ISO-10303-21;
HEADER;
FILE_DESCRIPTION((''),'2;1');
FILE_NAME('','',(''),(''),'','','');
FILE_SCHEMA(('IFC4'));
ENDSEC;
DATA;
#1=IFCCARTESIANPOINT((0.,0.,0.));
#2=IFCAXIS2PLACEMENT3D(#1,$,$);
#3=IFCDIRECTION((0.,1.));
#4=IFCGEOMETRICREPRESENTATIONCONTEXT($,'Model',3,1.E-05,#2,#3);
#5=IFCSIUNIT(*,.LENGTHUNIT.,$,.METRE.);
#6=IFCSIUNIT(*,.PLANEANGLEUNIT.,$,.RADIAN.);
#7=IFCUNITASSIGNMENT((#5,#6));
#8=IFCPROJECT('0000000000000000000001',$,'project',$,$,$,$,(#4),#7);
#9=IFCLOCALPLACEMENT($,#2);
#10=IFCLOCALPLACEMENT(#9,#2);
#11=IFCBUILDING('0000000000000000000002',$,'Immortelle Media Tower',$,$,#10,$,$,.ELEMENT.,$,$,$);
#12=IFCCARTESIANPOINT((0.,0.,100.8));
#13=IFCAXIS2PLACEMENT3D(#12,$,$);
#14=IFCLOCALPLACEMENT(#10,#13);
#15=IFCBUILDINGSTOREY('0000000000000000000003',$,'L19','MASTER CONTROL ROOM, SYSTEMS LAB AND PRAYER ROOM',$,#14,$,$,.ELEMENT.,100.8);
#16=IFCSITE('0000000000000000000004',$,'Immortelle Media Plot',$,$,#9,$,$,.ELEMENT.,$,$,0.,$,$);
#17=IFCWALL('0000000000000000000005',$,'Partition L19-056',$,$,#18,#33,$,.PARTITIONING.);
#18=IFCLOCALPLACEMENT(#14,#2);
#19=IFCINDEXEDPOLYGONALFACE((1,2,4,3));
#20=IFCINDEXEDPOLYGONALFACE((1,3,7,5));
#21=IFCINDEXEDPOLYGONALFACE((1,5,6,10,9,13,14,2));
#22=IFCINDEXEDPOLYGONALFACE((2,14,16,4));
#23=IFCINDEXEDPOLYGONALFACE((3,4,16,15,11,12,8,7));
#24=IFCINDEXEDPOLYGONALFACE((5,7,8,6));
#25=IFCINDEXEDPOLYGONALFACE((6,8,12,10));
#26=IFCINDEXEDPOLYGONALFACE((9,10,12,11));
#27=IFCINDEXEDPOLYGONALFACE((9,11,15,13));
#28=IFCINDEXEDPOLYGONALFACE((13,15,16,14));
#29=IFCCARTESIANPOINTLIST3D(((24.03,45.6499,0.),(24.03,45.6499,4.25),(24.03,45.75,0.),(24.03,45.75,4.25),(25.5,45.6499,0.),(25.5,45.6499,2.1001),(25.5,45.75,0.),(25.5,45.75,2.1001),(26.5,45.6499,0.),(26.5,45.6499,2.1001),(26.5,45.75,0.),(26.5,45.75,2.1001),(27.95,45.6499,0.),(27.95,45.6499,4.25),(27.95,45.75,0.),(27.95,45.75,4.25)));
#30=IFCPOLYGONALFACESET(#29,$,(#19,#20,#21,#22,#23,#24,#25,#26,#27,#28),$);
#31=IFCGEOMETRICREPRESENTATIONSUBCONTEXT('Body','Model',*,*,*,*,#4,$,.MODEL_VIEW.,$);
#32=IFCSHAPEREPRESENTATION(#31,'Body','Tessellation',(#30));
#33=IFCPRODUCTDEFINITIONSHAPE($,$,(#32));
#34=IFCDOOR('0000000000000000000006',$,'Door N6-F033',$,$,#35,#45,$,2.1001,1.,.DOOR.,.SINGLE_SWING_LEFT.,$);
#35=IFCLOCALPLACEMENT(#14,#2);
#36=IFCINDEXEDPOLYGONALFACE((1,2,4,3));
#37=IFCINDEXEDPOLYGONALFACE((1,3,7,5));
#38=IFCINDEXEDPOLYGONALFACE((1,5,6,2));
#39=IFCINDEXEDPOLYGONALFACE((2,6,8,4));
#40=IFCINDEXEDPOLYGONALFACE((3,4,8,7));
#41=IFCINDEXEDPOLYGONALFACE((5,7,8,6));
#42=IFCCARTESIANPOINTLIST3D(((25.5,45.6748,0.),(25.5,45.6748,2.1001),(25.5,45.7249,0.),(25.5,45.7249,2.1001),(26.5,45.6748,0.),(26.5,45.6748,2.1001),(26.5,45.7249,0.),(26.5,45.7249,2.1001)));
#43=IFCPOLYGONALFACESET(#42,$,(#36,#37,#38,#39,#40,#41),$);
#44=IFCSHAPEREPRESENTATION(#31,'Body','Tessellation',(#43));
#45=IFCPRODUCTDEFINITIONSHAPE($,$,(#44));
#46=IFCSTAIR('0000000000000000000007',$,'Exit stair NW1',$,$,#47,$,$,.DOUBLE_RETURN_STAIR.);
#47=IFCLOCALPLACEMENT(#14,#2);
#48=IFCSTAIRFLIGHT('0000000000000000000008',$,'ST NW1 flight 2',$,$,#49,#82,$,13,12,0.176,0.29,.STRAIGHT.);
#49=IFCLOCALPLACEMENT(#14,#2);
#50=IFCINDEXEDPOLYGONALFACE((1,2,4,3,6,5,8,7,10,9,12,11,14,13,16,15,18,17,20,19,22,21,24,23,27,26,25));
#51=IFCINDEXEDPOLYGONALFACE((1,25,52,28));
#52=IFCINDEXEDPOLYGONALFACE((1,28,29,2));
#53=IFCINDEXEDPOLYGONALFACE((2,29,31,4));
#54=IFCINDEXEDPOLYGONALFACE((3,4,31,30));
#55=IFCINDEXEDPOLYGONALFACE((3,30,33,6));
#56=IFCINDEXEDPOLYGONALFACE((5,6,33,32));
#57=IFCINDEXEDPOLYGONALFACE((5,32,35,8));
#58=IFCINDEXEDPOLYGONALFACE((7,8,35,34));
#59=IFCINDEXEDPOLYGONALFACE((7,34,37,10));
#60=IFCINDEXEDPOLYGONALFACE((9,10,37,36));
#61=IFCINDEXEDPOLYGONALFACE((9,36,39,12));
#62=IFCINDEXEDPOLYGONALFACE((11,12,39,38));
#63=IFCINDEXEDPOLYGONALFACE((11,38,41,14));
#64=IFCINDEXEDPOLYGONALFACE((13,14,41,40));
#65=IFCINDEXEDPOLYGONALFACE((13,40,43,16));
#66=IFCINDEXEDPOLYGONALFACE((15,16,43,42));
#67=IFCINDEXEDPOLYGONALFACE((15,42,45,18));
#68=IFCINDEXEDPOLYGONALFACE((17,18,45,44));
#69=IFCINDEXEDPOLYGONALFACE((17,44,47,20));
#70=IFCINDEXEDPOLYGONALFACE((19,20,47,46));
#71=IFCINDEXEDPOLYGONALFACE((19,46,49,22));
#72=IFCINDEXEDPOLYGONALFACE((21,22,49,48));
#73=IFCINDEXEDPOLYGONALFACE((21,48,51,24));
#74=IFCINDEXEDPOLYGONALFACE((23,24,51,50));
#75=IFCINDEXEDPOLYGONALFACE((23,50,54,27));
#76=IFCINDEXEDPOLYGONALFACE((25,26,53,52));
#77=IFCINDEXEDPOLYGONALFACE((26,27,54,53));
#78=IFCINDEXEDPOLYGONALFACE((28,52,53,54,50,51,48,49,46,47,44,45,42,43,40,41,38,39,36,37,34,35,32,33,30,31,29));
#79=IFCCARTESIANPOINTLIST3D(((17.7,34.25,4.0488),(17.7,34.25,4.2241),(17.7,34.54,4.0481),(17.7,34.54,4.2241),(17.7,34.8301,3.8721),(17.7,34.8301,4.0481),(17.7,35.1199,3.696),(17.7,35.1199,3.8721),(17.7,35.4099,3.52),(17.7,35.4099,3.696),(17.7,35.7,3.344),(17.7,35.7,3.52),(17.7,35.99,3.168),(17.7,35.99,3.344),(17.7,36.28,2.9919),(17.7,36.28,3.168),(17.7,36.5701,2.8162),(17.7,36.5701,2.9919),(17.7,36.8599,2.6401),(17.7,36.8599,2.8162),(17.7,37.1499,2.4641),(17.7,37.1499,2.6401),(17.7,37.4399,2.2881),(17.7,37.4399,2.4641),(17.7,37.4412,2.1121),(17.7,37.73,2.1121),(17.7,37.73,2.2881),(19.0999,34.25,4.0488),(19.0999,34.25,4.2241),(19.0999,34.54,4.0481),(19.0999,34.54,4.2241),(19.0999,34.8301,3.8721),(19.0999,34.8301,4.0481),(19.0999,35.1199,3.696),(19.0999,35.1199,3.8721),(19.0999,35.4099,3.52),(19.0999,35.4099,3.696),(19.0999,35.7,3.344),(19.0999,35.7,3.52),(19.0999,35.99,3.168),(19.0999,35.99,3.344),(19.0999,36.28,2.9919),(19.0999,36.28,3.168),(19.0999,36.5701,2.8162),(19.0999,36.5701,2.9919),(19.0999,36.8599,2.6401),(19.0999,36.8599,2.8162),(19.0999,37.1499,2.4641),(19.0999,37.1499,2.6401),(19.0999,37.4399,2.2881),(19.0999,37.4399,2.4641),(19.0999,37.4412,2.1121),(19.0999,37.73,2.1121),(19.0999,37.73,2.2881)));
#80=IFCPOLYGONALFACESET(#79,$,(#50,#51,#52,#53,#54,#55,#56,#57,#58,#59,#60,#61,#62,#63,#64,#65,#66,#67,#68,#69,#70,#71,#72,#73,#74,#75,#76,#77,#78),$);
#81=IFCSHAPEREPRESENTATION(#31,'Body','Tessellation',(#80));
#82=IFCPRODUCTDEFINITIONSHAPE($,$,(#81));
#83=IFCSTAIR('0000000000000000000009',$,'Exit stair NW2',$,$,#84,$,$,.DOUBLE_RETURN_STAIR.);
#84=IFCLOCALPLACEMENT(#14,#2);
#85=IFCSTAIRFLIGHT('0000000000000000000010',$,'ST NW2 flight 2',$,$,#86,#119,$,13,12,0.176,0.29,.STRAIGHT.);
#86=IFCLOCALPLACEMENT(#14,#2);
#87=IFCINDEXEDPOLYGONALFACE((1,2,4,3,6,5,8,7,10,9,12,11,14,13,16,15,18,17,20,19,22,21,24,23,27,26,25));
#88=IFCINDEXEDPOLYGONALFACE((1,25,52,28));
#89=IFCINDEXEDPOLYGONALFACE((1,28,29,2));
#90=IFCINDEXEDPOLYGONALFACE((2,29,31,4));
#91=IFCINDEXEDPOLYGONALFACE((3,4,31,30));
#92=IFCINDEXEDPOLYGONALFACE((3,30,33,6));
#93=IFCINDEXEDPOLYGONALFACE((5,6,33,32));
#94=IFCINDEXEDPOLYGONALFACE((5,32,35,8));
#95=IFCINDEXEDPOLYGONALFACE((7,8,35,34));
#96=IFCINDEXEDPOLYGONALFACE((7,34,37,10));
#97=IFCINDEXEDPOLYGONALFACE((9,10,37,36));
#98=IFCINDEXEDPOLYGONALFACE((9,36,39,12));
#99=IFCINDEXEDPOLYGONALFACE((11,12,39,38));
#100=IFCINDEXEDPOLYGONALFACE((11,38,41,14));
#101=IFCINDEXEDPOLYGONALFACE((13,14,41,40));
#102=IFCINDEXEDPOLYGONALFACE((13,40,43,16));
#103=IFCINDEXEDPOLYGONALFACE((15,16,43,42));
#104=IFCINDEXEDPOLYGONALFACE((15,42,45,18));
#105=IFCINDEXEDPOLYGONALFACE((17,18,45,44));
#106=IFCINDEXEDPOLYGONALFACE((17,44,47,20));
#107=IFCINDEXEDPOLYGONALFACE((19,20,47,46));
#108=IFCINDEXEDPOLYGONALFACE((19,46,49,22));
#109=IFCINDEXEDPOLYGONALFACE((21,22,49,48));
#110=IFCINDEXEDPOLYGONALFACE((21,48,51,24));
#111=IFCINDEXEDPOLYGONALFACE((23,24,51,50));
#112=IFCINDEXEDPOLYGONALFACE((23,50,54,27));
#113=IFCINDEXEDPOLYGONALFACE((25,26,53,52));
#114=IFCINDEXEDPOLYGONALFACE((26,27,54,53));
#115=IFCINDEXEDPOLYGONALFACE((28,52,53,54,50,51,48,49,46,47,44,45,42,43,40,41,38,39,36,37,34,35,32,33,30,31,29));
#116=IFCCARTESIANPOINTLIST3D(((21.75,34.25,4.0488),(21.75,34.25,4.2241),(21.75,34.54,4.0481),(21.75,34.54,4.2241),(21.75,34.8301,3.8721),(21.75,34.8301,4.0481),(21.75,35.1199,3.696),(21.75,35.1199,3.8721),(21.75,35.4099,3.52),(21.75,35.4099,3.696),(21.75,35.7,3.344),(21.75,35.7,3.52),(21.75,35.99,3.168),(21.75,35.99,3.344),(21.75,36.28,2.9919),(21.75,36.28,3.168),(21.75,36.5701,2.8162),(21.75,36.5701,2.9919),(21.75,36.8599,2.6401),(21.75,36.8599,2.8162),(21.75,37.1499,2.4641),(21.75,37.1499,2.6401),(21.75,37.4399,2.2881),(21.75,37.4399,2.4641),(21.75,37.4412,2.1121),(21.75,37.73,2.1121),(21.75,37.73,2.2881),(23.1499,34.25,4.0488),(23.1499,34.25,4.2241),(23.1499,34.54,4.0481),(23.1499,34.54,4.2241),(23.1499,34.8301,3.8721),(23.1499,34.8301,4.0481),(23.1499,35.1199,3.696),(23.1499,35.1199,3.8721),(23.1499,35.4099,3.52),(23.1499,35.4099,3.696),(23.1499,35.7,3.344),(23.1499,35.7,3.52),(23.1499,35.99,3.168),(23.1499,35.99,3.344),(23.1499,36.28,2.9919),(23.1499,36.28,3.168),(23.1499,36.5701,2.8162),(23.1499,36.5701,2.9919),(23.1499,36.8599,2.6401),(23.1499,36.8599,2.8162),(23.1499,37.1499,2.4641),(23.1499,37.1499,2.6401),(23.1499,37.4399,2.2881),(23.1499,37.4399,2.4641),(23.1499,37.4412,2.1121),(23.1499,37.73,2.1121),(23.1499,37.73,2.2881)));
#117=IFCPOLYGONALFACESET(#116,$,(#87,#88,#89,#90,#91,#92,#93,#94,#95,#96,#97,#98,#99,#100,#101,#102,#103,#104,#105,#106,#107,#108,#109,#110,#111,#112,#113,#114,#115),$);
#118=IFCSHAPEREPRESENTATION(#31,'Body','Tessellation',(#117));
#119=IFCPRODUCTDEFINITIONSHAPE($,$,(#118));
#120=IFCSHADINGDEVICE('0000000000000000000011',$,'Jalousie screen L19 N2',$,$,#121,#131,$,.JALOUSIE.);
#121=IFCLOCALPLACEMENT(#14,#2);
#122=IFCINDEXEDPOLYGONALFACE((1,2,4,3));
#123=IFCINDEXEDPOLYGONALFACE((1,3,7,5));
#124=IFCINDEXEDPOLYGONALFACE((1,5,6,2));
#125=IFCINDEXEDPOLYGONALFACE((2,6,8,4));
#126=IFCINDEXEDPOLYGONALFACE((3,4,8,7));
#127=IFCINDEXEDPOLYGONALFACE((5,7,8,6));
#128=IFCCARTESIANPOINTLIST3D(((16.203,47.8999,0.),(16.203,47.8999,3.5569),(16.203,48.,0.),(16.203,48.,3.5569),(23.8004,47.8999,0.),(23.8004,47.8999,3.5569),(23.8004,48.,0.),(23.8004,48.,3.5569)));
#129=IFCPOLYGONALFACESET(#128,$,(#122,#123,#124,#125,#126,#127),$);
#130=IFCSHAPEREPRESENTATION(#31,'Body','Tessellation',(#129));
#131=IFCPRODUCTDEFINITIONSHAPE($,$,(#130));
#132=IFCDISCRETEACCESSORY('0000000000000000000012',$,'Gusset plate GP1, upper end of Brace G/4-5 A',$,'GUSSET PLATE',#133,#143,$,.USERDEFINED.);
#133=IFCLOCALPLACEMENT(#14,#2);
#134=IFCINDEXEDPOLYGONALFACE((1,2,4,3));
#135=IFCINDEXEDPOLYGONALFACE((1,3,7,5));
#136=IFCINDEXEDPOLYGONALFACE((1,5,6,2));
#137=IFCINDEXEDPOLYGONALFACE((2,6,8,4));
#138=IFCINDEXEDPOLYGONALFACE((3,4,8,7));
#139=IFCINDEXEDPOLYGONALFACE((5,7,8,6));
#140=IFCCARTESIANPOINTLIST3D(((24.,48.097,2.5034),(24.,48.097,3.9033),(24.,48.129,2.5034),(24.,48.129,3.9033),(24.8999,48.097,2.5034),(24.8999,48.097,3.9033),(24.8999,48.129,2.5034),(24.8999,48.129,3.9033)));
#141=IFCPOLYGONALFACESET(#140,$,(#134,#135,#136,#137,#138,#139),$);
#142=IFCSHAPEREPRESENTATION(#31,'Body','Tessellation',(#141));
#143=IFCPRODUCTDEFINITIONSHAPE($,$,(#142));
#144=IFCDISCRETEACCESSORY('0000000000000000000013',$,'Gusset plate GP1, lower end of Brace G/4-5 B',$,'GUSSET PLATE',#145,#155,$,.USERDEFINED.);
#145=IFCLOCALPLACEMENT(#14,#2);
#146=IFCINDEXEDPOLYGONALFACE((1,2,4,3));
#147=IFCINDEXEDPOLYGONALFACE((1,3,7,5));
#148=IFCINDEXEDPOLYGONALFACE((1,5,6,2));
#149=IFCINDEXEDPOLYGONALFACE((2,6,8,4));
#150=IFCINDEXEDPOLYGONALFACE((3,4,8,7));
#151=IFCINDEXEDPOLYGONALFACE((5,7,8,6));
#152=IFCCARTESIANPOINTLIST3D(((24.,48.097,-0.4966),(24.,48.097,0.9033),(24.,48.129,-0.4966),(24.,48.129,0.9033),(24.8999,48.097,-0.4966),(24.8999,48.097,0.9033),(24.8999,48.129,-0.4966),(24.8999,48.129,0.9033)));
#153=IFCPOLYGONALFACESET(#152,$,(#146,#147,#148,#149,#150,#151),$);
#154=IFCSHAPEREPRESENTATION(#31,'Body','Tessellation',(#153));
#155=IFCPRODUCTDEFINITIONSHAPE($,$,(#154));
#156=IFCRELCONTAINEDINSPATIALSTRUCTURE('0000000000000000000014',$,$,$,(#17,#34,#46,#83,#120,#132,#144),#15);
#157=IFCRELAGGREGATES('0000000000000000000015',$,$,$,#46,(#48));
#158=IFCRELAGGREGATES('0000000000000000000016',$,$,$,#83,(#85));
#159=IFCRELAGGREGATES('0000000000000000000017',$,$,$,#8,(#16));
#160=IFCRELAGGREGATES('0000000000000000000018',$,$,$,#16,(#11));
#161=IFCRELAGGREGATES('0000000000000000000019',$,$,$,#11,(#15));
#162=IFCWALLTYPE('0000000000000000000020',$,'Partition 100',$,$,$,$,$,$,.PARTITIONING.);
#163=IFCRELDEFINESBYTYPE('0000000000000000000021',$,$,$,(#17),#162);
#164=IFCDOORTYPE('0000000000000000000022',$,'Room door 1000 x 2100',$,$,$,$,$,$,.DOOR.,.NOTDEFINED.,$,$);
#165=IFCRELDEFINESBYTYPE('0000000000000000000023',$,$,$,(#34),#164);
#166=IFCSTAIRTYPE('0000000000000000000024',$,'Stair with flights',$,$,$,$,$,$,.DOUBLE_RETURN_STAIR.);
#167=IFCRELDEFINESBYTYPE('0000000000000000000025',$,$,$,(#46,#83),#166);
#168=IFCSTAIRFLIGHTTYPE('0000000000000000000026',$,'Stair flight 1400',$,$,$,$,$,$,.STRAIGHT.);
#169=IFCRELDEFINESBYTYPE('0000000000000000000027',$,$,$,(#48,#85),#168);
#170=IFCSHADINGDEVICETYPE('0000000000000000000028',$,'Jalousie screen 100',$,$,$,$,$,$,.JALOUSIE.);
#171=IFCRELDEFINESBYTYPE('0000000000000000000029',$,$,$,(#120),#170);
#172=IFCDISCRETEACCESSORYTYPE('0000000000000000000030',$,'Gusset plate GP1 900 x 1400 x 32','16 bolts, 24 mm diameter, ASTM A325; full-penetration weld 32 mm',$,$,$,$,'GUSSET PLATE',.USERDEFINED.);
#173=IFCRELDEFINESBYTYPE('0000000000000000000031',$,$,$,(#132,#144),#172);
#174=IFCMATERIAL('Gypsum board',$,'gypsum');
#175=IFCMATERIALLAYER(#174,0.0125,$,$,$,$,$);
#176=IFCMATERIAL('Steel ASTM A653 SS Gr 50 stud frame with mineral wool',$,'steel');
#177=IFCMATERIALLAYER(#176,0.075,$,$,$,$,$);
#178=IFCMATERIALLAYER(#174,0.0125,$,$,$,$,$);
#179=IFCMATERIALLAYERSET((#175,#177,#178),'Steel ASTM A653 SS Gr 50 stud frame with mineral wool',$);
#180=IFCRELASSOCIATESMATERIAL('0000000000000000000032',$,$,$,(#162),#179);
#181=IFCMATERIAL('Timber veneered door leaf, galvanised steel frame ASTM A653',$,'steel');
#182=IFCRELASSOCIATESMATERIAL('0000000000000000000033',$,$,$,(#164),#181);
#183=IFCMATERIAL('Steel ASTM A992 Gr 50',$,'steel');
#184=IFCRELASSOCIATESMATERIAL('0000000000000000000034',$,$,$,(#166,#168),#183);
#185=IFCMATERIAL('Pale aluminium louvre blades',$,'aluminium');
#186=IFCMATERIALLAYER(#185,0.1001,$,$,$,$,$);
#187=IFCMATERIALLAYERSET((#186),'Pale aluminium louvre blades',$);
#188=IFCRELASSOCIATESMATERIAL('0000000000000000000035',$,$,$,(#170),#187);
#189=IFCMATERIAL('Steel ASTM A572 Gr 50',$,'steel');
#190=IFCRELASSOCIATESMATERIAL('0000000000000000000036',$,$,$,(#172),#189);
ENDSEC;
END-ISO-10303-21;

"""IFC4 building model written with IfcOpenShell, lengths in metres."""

from ifc_helpers import new_model, si_unit, direction, frame, frame_2d, origin, origin_2d, place, context, subcontext, project, spatial, polyline, rectangle, outline, extrude, material, layer, layer_set, material_profile, profile_set, type_object, element, fill, aggregate, save


model = new_model("IFC4")

# Units and contexts
model_context = context("Model", 3, precision=1e-05, world=origin(), true_north=direction((0.0, 1.0)))
body_context = subcontext(model_context, "Body", "Model", "MODEL_VIEW")
ifc_project = project(units=[si_unit("LENGTHUNIT", "METRE"), si_unit("PLANEANGLEUNIT", "RADIAN")], contexts=[model_context])

# Site, building, storey
site_placement = place(None, origin())
site = spatial("IfcSite", under=ifc_project, at=site_placement, Name="Immortelle Media Plot", CompositionType="ELEMENT", RefElevation=0.0)
building_placement = place(site_placement, origin())
building = spatial("IfcBuilding", under=site, at=building_placement, Name="Immortelle Media Tower", CompositionType="ELEMENT")
storey_placement = place(building_placement, frame((0.0, 0.0, 100.8)))
storey = spatial("IfcBuildingStorey", under=building, at=storey_placement, Name="L19", Description="MASTER CONTROL ROOM, SYSTEMS LAB AND PRAYER ROOM", CompositionType="ELEMENT", Elevation=100.8)

# Shared definitions
ifc_material_1 = material(Name="Steel ASTM A992 Gr 50", Category="steel")

# Shared definitions
ifc_material_2 = material(Name="Steel ASTM A653 SS Gr 50 stud frame with mineral wool", Category="steel")

# Shared definitions
ifc_material_3 = material(Name="Gypsum board", Category="gypsum")
ifc_layer_1 = layer(ifc_material_3, 0.0125)
ifc_layer_2 = layer(ifc_material_2, 0.075)
ifc_layer_3 = layer(ifc_material_3, 0.0125)
ifc_layer_set_1 = layer_set([ifc_layer_1, ifc_layer_2, ifc_layer_3], Name="Steel ASTM A653 SS Gr 50 stud frame with mineral wool")
wall_type_1 = type_object("IfcWallType", Name="Partition 100", PredefinedType="PARTITIONING", material=ifc_layer_set_1)

# Wall, opening, door
wall_1_placement = place(storey_placement, frame((24.03, 45.7, 0.0), z_axis=(0.0, 0.0, 1.0), x_axis=(1.0, 0.0, 0.0)))
wall_1 = element("IfcWall", 1, at=wall_1_placement, inside=storey, type_object=wall_type_1, Name="Partition L19-056", PredefinedType="PARTITIONING", context=body_context, shape_type="SweptSolid", body=[
    extrude(rectangle(XDim=3.9199, YDim=0.1001, at=frame_2d((1.96, 0.0))), origin(), (0.0, 0.0, 1.0), 4.25),
])
opening_1_placement = place(wall_1_placement, frame((1.47, 0.0, 0.0)))
opening_1 = element("IfcOpeningElement", 2, at=opening_1_placement, cuts=wall_1, PredefinedType="OPENING", context=body_context, shape_type="SweptSolid", body=[
    extrude(rectangle(XDim=1.0, YDim=2.1001, at=frame_2d((0.5, 1.05))), frame((0.0, 0.0601, 0.0), z_axis=(0.0, -1.0, 0.0), x_axis=(1.0, 0.0, 0.0)), (0.0, 0.0, 1.0), 0.1201),
])
ifc_material_4 = material(Name="Timber veneered door leaf, galvanised steel frame ASTM A653", Category="steel")
door_type_1 = type_object("IfcDoorType", Name="Room door 1000 x 2100", OperationType="NOTDEFINED", PredefinedType="DOOR", material=ifc_material_4)
door_1_placement = place(opening_1_placement, origin())
door_1 = element("IfcDoor", 3, at=door_1_placement, inside=storey, type_object=door_type_1, Name="Door N6-F033", OperationType="SINGLE_SWING_LEFT", OverallHeight=2.1001, OverallWidth=1.0, PredefinedType="DOOR", context=body_context, shape_type="SweptSolid", body=[
    extrude(rectangle(XDim=1.0, YDim=2.1001, at=frame_2d((0.5, 1.05))), frame((0.0, 0.0249, 0.0), z_axis=(0.0, -1.0, 0.0), x_axis=(1.0, 0.0, 0.0)), (0.0, 0.0, 1.0), 0.05),
])
fill(opening_1, door_1)

# Stairs, stair flights
stair_type = type_object("IfcStairType", Name="Stair with flights", PredefinedType="DOUBLE_RETURN_STAIR", material=ifc_material_1)
stair_1_placement = place(storey_placement, origin())
stair_1 = element("IfcStair", 4, at=stair_1_placement, inside=storey, type_object=stair_type, Name="Exit stair NW1", PredefinedType="DOUBLE_RETURN_STAIR")
stair_flight_type = type_object("IfcStairFlightType", Name="Stair flight 1400", PredefinedType="STRAIGHT", material=ifc_material_1)
stair_flight_1_placement = place(storey_placement, frame((18.3999, 37.73, 2.1121), z_axis=(0.0, 0.0, 1.0), x_axis=(0.0, -1.0, 0.0)))
stair_flight_1 = element("IfcStairFlight", 5, at=stair_flight_1_placement, type_object=stair_flight_type, Name="ST NW1 flight 2", NumberOfRisers=13, NumberOfTreads=12, PredefinedType="STRAIGHT", RiserHeight=0.176, TreadLength=0.29, context=body_context, shape_type="SweptSolid", body=[
    extrude(outline(polyline([(0.0, 0.0), (0.0, 0.176), (0.29, 0.176), (0.29, 0.3521), (0.5801, 0.3521), (0.5801, 0.5281), (0.8701, 0.5281), (0.8701, 0.7041), (1.1599, 0.7041), (1.1599, 0.8799), (1.45, 0.8799), (1.45, 1.0559), (1.74, 1.0559), (1.74, 1.2319), (2.03, 1.2319), (2.03, 1.408), (2.3201, 1.408), (2.3201, 1.584), (2.6101, 1.584), (2.6101, 1.76), (2.8999, 1.76), (2.8999, 1.936), (3.1899, 1.936), (3.1899, 2.1121), (3.48, 2.1121), (3.48, 2.2881), (3.48, 1.9368), (0.2888, 0.0), (0.0, 0.0)])), frame((0.0, 0.7, 0.0), z_axis=(0.0, -1.0, 0.0), x_axis=(1.0, 0.0, 0.0)), (0.0, 0.0, 1.0), 1.3999),
])
aggregate(stair_1, [stair_flight_1])
stair_2_placement = place(storey_placement, origin())
stair_2 = element("IfcStair", 6, at=stair_2_placement, inside=storey, type_object=stair_type, Name="Exit stair NW2", PredefinedType="DOUBLE_RETURN_STAIR")
stair_flight_2_placement = place(storey_placement, frame((22.45, 37.73, 2.1121), z_axis=(0.0, 0.0, 1.0), x_axis=(0.0, -1.0, 0.0)))
stair_flight_2 = element("IfcStairFlight", 7, at=stair_flight_2_placement, type_object=stair_flight_type, Name="ST NW2 flight 2", NumberOfRisers=13, NumberOfTreads=12, PredefinedType="STRAIGHT", RiserHeight=0.176, TreadLength=0.29, context=body_context, shape_type="SweptSolid", body=[
    extrude(outline(polyline([(0.0, 0.0), (0.0, 0.176), (0.29, 0.176), (0.29, 0.3521), (0.5801, 0.3521), (0.5801, 0.5281), (0.8701, 0.5281), (0.8701, 0.7041), (1.1599, 0.7041), (1.1599, 0.8799), (1.45, 0.8799), (1.45, 1.0559), (1.74, 1.0559), (1.74, 1.2319), (2.03, 1.2319), (2.03, 1.408), (2.3201, 1.408), (2.3201, 1.584), (2.6101, 1.584), (2.6101, 1.76), (2.8999, 1.76), (2.8999, 1.936), (3.1899, 1.936), (3.1899, 2.1121), (3.48, 2.1121), (3.48, 2.2881), (3.48, 1.9368), (0.2888, 0.0), (0.0, 0.0)])), frame((0.0, 0.7, 0.0), z_axis=(0.0, -1.0, 0.0), x_axis=(1.0, 0.0, 0.0)), (0.0, 0.0, 1.0), 1.3999),
])
aggregate(stair_2, [stair_flight_2])

# Shading device
ifc_material_5 = material(Name="Pale aluminium louvre blades", Category="aluminium")
ifc_layer_4 = layer(ifc_material_5, 0.1001)
ifc_layer_set_2 = layer_set([ifc_layer_4], Name="Pale aluminium louvre blades")
shading_device_type = type_object("IfcShadingDeviceType", Name="Jalousie screen 100", PredefinedType="JALOUSIE", material=ifc_layer_set_2)
shading_device_placement = place(storey_placement, frame((20.0017, 47.95, 0.0), z_axis=(0.0, 0.0, 1.0), x_axis=(-1.0, 0.0, 0.0)))
element("IfcShadingDevice", 8, at=shading_device_placement, inside=storey, type_object=shading_device_type, Name="Jalousie screen L19 N2", PredefinedType="JALOUSIE", context=body_context, shape_type="SweptSolid", body=[
    extrude(rectangle(XDim=7.5974, YDim=0.1001, at=origin_2d()), origin(), (0.0, 0.0, 1.0), 3.5569),
])

# Discrete accessories
ifc_material_6 = material(Name="Steel ASTM A572 Gr 50", Category="steel")
ifc_material_profile_1 = material_profile(ifc_material_6, rectangle(XDim=0.032, YDim=1.3999, at=origin_2d()), Name="PL 32 x 1400")
ifc_profile_set_1 = profile_set([ifc_material_profile_1], Name="Steel ASTM A572 Gr 50")
discrete_accessory_type = type_object("IfcDiscreteAccessoryType", Name="Gusset plate GP1 900 x 1400 x 32", Description="16 bolts, 24 mm diameter, ASTM A325; full-penetration weld 32 mm", ElementType="GUSSET PLATE", PredefinedType="USERDEFINED", material=ifc_profile_set_1)
for number, where, z_axis, x_axis, name in (
    (9, (24.0, 48.113, 3.2034), (1.0, 0.0, 0.0), (0.0, 1.0, 0.0), "Gusset plate GP1, upper end of Brace G/4-5 A"),
    (10, (24.0, 48.113, 0.2034), (1.0, 0.0, 0.0), (0.0, 1.0, 0.0), "Gusset plate GP1, lower end of Brace G/4-5 B"),
):
    element("IfcDiscreteAccessory", number, at=place(storey_placement, frame(where, z_axis=z_axis, x_axis=x_axis)), inside=storey, type_object=discrete_accessory_type, Name=name, ObjectType="GUSSET PLATE", PredefinedType="USERDEFINED", context=body_context, shape_type="SweptSolid", body=[
        extrude(rectangle(XDim=0.032, YDim=1.3999, at=origin_2d()), origin(), (0.0, 0.0, 1.0), 0.8999),
    ])

save(model, "model.ifc")
